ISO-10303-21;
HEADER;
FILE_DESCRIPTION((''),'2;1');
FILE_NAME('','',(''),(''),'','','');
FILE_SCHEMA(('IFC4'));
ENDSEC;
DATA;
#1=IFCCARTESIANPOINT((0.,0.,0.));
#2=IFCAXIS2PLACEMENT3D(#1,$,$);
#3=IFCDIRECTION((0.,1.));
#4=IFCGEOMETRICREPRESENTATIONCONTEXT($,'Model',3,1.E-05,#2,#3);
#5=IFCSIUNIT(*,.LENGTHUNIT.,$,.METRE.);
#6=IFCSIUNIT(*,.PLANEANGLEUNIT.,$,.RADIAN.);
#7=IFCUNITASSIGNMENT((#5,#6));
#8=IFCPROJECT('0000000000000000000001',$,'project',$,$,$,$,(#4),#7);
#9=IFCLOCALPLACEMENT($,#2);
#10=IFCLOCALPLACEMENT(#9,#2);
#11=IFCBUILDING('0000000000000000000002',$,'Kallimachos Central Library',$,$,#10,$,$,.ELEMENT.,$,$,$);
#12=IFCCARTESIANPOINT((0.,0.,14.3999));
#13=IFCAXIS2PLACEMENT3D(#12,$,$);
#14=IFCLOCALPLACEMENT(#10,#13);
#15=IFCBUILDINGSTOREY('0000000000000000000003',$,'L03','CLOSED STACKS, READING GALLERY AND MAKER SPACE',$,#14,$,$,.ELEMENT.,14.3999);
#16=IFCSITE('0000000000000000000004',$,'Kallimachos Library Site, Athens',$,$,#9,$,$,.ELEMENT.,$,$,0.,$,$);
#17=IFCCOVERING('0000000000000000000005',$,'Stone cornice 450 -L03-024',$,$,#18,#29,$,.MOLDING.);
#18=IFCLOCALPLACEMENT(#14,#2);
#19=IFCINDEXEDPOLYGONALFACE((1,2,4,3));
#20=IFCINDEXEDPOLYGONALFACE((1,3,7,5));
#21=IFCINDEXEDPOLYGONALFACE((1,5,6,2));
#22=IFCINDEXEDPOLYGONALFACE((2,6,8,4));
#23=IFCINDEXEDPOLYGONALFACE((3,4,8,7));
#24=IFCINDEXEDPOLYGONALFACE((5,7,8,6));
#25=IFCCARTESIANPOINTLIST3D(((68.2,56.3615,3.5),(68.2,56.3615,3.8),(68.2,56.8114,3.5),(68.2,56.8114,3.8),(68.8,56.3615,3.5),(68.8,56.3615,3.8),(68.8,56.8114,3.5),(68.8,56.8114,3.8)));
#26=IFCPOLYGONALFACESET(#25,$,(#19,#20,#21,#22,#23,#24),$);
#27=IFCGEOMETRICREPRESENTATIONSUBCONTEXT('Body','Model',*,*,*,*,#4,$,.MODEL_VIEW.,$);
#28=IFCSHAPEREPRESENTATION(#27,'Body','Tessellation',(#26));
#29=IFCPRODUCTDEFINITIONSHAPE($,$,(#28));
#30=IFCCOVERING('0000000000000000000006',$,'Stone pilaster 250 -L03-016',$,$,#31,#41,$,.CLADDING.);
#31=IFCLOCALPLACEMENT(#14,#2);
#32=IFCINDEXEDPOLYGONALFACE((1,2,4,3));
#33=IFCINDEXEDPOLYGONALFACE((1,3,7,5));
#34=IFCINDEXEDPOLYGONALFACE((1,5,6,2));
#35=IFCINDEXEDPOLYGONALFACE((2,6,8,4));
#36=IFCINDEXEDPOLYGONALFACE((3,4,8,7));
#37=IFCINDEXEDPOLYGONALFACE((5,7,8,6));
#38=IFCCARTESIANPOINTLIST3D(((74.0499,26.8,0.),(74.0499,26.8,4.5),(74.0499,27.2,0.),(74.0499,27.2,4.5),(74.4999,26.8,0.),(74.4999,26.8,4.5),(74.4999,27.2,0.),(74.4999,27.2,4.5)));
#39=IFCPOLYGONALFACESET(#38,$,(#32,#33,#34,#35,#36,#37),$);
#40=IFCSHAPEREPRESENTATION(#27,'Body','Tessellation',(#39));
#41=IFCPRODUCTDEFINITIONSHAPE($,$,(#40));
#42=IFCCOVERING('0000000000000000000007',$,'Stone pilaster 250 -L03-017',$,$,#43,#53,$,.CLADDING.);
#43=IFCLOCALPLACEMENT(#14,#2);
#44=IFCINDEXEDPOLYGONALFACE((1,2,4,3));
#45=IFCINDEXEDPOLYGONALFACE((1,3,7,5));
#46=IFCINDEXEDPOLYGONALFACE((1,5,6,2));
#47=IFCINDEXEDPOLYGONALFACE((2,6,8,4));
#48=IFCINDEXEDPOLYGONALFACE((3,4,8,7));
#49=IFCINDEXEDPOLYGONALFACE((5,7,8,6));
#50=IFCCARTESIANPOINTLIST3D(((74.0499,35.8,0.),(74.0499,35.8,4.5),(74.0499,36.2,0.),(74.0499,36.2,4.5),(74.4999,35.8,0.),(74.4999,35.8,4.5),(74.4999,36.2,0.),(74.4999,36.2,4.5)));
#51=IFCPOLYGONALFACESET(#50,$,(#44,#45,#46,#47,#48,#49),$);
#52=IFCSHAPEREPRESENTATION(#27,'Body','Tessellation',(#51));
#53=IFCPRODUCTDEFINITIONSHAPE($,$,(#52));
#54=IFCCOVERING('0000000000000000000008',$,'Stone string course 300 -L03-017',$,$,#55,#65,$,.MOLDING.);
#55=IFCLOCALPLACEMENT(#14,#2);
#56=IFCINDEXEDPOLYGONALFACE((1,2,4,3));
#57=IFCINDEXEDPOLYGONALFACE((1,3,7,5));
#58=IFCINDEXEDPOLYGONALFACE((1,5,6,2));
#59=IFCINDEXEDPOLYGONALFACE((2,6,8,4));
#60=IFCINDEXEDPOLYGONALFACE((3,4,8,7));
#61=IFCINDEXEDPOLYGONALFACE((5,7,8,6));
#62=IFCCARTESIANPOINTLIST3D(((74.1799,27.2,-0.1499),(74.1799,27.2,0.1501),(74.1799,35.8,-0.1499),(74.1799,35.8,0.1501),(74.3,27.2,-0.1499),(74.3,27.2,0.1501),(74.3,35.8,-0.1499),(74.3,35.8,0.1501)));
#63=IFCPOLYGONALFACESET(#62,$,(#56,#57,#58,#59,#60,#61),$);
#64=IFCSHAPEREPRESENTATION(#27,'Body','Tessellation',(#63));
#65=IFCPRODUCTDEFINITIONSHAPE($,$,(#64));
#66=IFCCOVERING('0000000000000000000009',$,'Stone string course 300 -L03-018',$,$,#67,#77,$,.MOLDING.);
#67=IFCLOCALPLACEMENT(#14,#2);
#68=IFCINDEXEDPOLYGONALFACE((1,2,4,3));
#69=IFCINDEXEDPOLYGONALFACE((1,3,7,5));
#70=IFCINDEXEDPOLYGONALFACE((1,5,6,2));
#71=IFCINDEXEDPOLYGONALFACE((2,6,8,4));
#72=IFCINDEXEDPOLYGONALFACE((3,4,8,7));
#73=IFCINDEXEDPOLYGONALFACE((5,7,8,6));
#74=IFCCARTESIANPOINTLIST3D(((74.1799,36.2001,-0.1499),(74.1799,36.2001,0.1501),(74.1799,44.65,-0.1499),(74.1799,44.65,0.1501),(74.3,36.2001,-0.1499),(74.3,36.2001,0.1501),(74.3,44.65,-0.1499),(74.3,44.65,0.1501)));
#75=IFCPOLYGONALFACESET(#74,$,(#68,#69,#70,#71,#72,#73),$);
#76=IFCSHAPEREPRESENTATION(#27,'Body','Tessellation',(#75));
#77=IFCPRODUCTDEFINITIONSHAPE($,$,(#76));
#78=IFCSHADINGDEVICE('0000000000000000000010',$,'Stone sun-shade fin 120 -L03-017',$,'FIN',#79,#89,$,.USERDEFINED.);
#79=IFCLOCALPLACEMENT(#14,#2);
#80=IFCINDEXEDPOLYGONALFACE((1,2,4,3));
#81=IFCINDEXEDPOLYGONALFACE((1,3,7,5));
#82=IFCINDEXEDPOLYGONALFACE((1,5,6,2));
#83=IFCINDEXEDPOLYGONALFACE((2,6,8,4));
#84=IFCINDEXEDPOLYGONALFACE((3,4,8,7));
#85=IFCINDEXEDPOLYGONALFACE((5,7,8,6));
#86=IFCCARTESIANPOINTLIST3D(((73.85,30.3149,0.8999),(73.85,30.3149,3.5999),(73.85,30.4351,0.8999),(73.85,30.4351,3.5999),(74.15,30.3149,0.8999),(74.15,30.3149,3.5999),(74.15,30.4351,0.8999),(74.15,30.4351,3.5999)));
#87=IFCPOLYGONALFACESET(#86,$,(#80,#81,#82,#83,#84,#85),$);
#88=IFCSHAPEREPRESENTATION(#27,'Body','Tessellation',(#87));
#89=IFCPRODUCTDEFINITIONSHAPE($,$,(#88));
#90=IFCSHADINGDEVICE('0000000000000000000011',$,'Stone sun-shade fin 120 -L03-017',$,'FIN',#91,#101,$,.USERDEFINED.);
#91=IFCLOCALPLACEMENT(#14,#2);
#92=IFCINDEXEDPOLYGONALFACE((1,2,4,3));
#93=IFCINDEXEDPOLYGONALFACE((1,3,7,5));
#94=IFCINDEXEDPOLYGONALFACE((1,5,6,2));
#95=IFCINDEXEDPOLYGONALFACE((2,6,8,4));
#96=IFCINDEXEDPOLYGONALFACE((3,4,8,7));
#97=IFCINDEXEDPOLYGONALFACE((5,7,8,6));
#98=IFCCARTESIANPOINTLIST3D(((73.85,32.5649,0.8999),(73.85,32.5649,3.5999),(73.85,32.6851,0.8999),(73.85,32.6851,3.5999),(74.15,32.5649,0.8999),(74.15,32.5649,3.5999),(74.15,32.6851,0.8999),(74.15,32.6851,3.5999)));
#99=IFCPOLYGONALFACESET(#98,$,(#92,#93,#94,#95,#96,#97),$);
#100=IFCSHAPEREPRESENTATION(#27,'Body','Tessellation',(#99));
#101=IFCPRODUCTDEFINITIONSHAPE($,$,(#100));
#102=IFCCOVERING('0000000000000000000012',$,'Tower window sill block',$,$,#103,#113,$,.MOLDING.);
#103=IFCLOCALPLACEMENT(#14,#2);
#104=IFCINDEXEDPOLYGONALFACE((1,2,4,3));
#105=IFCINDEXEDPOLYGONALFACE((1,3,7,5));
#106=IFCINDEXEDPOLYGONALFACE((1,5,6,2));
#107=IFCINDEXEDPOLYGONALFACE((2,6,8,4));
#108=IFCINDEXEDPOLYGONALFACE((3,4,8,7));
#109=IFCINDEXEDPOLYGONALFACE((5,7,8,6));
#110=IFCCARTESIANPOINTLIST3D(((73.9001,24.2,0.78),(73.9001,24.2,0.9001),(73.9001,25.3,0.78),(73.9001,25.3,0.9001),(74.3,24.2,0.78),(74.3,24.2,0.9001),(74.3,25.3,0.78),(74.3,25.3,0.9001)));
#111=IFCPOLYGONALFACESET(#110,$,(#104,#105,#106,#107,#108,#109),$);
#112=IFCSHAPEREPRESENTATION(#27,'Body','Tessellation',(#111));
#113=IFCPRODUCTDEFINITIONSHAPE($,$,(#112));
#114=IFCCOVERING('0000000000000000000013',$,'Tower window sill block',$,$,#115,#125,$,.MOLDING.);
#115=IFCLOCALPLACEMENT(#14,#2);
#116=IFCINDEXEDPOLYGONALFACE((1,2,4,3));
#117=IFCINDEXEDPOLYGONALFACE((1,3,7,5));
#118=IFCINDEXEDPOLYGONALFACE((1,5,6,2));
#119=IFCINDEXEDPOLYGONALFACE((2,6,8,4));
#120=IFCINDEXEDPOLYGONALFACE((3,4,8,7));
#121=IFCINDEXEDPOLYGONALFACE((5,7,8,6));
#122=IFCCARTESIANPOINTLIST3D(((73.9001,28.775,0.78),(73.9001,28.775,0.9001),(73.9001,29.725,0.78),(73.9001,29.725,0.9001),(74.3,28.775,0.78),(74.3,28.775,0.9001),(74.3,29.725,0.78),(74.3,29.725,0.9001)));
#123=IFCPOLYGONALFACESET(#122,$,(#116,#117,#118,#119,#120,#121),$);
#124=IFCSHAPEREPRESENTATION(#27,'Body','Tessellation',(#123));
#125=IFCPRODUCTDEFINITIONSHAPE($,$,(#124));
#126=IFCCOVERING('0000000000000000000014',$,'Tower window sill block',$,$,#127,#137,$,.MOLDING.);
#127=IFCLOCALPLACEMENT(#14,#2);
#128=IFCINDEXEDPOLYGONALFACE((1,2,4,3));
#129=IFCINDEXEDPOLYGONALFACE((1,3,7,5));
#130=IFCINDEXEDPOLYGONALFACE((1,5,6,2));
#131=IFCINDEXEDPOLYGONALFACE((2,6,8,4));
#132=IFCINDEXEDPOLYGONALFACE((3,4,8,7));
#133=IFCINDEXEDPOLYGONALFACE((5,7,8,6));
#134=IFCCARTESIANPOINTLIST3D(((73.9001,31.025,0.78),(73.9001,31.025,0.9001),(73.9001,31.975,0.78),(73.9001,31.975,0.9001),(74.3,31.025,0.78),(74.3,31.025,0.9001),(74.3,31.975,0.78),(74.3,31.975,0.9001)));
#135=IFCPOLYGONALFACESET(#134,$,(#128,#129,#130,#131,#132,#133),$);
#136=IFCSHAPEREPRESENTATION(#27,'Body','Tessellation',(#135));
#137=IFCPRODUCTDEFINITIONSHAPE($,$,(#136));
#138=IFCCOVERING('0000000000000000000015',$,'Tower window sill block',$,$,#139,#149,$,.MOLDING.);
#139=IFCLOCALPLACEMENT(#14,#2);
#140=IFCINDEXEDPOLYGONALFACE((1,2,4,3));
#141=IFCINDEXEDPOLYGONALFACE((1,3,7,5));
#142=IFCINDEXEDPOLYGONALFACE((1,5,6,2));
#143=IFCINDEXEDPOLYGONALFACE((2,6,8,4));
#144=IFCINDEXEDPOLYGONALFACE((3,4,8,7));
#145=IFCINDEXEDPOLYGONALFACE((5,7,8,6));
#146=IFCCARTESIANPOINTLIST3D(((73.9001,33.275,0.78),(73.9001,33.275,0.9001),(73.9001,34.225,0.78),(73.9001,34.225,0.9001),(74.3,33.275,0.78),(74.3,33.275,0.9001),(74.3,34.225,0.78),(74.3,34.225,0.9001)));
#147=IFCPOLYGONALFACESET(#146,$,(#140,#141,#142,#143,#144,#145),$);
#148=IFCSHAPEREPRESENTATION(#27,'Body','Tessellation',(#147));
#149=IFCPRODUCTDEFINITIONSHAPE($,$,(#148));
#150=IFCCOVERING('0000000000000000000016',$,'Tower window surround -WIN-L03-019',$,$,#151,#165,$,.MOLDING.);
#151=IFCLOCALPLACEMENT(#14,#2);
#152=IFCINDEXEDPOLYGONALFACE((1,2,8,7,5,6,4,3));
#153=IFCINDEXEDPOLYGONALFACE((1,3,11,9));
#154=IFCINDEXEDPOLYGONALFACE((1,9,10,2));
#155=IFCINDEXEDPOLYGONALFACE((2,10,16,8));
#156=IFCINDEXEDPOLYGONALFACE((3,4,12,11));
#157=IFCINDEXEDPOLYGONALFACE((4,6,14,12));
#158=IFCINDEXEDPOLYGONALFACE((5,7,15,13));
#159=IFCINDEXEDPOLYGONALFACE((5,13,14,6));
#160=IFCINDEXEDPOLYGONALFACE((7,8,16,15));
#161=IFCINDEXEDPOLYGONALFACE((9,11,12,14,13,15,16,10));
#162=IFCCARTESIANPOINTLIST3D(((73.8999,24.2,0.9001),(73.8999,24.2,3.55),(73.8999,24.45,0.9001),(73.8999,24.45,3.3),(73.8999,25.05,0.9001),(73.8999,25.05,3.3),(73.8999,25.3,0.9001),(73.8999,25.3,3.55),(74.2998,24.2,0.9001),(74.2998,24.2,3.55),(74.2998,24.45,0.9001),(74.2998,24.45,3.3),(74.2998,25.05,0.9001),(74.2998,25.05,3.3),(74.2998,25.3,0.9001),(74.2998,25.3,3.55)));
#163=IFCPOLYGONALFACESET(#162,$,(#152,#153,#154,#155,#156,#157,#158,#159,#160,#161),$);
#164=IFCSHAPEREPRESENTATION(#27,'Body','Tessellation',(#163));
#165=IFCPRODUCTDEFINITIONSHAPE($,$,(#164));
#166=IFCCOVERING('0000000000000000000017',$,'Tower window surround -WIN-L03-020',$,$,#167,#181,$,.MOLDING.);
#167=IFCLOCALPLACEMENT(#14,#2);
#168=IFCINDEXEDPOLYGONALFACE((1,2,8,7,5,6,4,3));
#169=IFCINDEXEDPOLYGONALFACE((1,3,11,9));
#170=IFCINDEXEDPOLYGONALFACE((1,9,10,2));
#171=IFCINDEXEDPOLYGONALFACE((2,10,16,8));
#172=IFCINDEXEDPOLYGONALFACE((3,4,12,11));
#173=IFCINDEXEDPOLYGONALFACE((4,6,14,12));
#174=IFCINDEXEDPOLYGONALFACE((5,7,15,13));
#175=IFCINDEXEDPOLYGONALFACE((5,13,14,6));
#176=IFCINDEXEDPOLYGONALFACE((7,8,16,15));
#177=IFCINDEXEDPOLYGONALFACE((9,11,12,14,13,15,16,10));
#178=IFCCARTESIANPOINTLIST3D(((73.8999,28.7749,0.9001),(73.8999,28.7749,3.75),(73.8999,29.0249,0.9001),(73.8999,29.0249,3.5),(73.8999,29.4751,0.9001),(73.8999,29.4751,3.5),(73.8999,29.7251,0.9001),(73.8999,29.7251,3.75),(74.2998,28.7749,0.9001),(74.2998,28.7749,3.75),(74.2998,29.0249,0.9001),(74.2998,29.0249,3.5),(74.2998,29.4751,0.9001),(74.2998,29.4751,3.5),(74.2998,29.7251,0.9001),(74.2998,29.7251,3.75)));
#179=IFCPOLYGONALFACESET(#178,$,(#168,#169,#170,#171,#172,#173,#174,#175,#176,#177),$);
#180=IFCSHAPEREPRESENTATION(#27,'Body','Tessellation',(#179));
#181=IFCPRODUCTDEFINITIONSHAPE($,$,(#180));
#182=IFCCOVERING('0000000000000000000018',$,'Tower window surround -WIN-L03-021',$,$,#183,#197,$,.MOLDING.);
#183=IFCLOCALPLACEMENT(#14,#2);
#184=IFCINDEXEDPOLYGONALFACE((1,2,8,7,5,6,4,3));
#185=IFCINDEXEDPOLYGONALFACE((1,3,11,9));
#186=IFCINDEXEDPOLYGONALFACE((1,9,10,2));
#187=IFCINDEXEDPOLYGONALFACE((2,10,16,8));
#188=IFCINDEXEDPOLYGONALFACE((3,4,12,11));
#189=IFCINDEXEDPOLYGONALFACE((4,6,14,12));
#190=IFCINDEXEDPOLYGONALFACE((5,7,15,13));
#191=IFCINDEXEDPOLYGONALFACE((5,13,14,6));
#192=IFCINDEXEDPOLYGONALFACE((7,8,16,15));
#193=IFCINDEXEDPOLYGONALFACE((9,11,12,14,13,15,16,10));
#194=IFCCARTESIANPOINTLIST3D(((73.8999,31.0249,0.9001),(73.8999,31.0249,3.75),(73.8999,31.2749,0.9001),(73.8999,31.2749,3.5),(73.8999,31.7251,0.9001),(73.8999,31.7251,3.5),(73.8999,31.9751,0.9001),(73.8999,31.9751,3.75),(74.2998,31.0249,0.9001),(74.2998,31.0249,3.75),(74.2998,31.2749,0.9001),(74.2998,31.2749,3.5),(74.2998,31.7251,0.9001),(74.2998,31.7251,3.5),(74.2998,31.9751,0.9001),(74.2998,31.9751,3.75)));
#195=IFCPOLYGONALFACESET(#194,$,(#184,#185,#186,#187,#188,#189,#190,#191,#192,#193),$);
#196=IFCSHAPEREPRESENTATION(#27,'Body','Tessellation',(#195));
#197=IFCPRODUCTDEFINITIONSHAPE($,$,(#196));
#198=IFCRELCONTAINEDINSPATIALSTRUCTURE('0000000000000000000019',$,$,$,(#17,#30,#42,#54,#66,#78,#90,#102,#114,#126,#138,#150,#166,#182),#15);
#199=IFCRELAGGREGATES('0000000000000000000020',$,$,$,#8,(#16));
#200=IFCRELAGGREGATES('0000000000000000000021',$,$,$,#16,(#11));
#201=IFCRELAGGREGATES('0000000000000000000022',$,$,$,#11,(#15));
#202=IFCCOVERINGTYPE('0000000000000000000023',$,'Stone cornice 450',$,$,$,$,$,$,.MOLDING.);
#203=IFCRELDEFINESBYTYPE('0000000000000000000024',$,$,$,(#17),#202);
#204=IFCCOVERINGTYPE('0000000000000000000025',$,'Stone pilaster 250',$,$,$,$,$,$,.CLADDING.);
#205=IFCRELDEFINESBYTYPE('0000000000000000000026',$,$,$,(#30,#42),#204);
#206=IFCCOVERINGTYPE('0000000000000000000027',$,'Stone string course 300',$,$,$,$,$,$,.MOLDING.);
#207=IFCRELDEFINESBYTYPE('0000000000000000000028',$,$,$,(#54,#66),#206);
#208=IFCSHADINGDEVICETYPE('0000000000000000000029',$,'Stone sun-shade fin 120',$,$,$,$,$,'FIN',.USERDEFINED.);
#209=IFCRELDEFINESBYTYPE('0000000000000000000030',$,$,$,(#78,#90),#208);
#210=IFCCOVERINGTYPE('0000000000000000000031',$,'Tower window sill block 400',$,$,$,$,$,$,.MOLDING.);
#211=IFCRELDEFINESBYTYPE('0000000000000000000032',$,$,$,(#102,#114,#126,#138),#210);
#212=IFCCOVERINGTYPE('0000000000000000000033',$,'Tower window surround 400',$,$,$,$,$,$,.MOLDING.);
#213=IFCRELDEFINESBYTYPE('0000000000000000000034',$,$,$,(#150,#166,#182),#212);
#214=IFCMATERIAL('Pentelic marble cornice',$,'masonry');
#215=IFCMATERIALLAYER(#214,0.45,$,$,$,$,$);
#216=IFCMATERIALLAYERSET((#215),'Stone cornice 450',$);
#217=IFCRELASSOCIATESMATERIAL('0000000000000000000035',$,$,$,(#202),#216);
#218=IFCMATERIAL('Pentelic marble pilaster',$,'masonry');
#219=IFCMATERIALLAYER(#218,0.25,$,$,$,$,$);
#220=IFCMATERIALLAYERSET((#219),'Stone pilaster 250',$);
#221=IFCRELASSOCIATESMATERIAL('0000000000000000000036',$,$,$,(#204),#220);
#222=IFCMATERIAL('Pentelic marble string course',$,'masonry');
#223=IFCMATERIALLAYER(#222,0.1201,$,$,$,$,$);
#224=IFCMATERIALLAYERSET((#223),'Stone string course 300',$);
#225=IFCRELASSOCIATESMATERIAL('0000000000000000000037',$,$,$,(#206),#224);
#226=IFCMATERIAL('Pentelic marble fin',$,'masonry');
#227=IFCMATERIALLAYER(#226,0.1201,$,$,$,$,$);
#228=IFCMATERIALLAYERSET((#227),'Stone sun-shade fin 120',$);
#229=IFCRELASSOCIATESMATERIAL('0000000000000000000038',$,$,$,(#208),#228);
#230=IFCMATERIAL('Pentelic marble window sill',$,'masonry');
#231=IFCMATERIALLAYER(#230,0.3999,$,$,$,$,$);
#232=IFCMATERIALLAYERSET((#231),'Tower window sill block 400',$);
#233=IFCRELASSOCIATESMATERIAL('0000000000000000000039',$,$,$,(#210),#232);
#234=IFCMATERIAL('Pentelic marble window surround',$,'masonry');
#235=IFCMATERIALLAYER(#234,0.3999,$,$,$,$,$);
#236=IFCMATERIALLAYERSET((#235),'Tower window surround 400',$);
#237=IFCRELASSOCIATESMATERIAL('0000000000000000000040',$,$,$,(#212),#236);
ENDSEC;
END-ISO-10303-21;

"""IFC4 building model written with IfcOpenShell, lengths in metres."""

from ifc_helpers import new_model, si_unit, direction, frame, origin, origin_2d, place, context, subcontext, project, spatial, polyline, rectangle, outline, extrude, material, layer, layer_set, type_object, element, save


model = new_model("IFC4")

# Units and contexts
model_context = context("Model", 3, precision=1e-05, world=origin(), true_north=direction((0.0, 1.0)))
body_context = subcontext(model_context, "Body", "Model", "MODEL_VIEW")
ifc_project = project(units=[si_unit("LENGTHUNIT", "METRE"), si_unit("PLANEANGLEUNIT", "RADIAN")], contexts=[model_context])

# Site, building, storey
site_placement = place(None, origin())
site = spatial("IfcSite", under=ifc_project, at=site_placement, Name="Kallimachos Library Site, Athens", CompositionType="ELEMENT", RefElevation=0.0)
building_placement = place(site_placement, origin())
building = spatial("IfcBuilding", under=site, at=building_placement, Name="Kallimachos Central Library", CompositionType="ELEMENT")
storey_placement = place(building_placement, frame((0.0, 0.0, 14.3999)))
storey = spatial("IfcBuildingStorey", under=building, at=storey_placement, Name="L03", Description="CLOSED STACKS, READING GALLERY AND MAKER SPACE", CompositionType="ELEMENT", Elevation=14.3999)

# Coverings
ifc_material_1 = material(Name="Pentelic marble cornice", Category="masonry")
ifc_layer_1 = layer(ifc_material_1, 0.45)
ifc_layer_set_1 = layer_set([ifc_layer_1], Name="Stone cornice 450")
covering_type_1 = type_object("IfcCoveringType", Name="Stone cornice 450", PredefinedType="MOLDING", material=ifc_layer_set_1)
covering_1_placement = place(storey_placement, frame((68.5, 56.5864, 3.5), z_axis=(0.0, 0.0, 1.0), x_axis=(1.0, 0.0, 0.0)))
element("IfcCovering", 1, at=covering_1_placement, inside=storey, type_object=covering_type_1, Name="Stone cornice 450 -L03-024", PredefinedType="MOLDING", context=body_context, shape_type="SweptSolid", body=[
    extrude(rectangle(XDim=0.6001, YDim=0.45, at=origin_2d()), origin(), (0.0, 0.0, 1.0), 0.3),
])
ifc_material_2 = material(Name="Pentelic marble pilaster", Category="masonry")
ifc_layer_2 = layer(ifc_material_2, 0.25)
ifc_layer_set_2 = layer_set([ifc_layer_2], Name="Stone pilaster 250")
covering_type_2 = type_object("IfcCoveringType", Name="Stone pilaster 250", PredefinedType="CLADDING", material=ifc_layer_set_2)
for number, where, z_axis, x_axis, name in (
    (2, (74.2749, 27.0, 0.0), (0.0, 0.0, 1.0), (1.0, 0.0, 0.0), "Stone pilaster 250 -L03-016"),
    (3, (74.2749, 36.0, 0.0), (0.0, 0.0, 1.0), (1.0, 0.0, 0.0), "Stone pilaster 250 -L03-017"),
):
    element("IfcCovering", number, at=place(storey_placement, frame(where, z_axis=z_axis, x_axis=x_axis)), inside=storey, type_object=covering_type_2, Name=name, PredefinedType="CLADDING", context=body_context, shape_type="SweptSolid", body=[
        extrude(rectangle(XDim=0.45, YDim=0.3999, at=origin_2d()), origin(), (0.0, 0.0, 1.0), 4.5),
    ])
ifc_material_3 = material(Name="Pentelic marble string course", Category="masonry")
ifc_layer_3 = layer(ifc_material_3, 0.1201)
ifc_layer_set_3 = layer_set([ifc_layer_3], Name="Stone string course 300")
covering_type_3 = type_object("IfcCoveringType", Name="Stone string course 300", PredefinedType="MOLDING", material=ifc_layer_set_3)
covering_2_placement = place(storey_placement, frame((74.24, 31.5, -0.1499), z_axis=(0.0, 0.0, 1.0), x_axis=(1.0, 0.0, 0.0)))
element("IfcCovering", 4, at=covering_2_placement, inside=storey, type_object=covering_type_3, Name="Stone string course 300 -L03-017", PredefinedType="MOLDING", context=body_context, shape_type="SweptSolid", body=[
    extrude(rectangle(XDim=0.1201, YDim=8.6001, at=origin_2d()), origin(), (0.0, 0.0, 1.0), 0.3),
])
covering_3_placement = place(storey_placement, frame((74.24, 40.425, -0.1499), z_axis=(0.0, 0.0, 1.0), x_axis=(1.0, 0.0, 0.0)))
element("IfcCovering", 5, at=covering_3_placement, inside=storey, type_object=covering_type_3, Name="Stone string course 300 -L03-018", PredefinedType="MOLDING", context=body_context, shape_type="SweptSolid", body=[
    extrude(rectangle(XDim=0.1201, YDim=8.45, at=origin_2d()), origin(), (0.0, 0.0, 1.0), 0.3),
])

# Shading devices
ifc_material_4 = material(Name="Pentelic marble fin", Category="masonry")
ifc_layer_4 = layer(ifc_material_4, 0.1201)
ifc_layer_set_4 = layer_set([ifc_layer_4], Name="Stone sun-shade fin 120")
shading_device_type = type_object("IfcShadingDeviceType", Name="Stone sun-shade fin 120", ElementType="FIN", PredefinedType="USERDEFINED", material=ifc_layer_set_4)
for number, where, z_axis, x_axis, name in (
    (6, (74.0, 30.375, 0.8999), (0.0, 0.0, 1.0), (1.0, 0.0, 0.0), "Stone sun-shade fin 120 -L03-017"),
    (7, (74.0, 32.625, 0.8999), (0.0, 0.0, 1.0), (1.0, 0.0, 0.0), "Stone sun-shade fin 120 -L03-017"),
):
    element("IfcShadingDevice", number, at=place(storey_placement, frame(where, z_axis=z_axis, x_axis=x_axis)), inside=storey, type_object=shading_device_type, Name=name, ObjectType="FIN", PredefinedType="USERDEFINED", context=body_context, shape_type="SweptSolid", body=[
        extrude(rectangle(XDim=0.3, YDim=0.1201, at=origin_2d()), origin(), (0.0, 0.0, 1.0), 2.7),
    ])

# Coverings
ifc_material_5 = material(Name="Pentelic marble window sill", Category="masonry")
ifc_layer_5 = layer(ifc_material_5, 0.3999)
ifc_layer_set_5 = layer_set([ifc_layer_5], Name="Tower window sill block 400")
covering_type_4 = type_object("IfcCoveringType", Name="Tower window sill block 400", PredefinedType="MOLDING", material=ifc_layer_set_5)
covering_4_placement = place(storey_placement, frame((74.1001, 24.75, 0.78), z_axis=(0.0, 0.0, 1.0), x_axis=(1.0, 0.0, 0.0)))
element("IfcCovering", 8, at=covering_4_placement, inside=storey, type_object=covering_type_4, Name="Tower window sill block", PredefinedType="MOLDING", context=body_context, shape_type="SweptSolid", body=[
    extrude(rectangle(XDim=0.3999, YDim=1.1001, at=origin_2d()), origin(), (0.0, 0.0, 1.0), 0.1201),
])
for number, where, z_axis, x_axis, name in (
    (9, (74.1001, 29.25, 0.78), (0.0, 0.0, 1.0), (1.0, 0.0, 0.0), "Tower window sill block"),
    (10, (74.1001, 31.5, 0.78), (0.0, 0.0, 1.0), (1.0, 0.0, 0.0), "Tower window sill block"),
    (11, (74.1001, 33.75, 0.78), (0.0, 0.0, 1.0), (1.0, 0.0, 0.0), "Tower window sill block"),
):
    element("IfcCovering", number, at=place(storey_placement, frame(where, z_axis=z_axis, x_axis=x_axis)), inside=storey, type_object=covering_type_4, Name=name, PredefinedType="MOLDING", context=body_context, shape_type="SweptSolid", body=[
        extrude(rectangle(XDim=0.3999, YDim=0.95, at=origin_2d()), origin(), (0.0, 0.0, 1.0), 0.1201),
    ])
ifc_material_6 = material(Name="Pentelic marble window surround", Category="masonry")
ifc_layer_6 = layer(ifc_material_6, 0.3999)
ifc_layer_set_6 = layer_set([ifc_layer_6], Name="Tower window surround 400")
covering_type_5 = type_object("IfcCoveringType", Name="Tower window surround 400", PredefinedType="MOLDING", material=ifc_layer_set_6)
covering_5_placement = place(storey_placement, frame((73.8999, 24.2, 0.9001), z_axis=(-1.0, 0.0, 0.0), x_axis=(0.0, 0.0, 1.0)))
element("IfcCovering", 12, at=covering_5_placement, inside=storey, type_object=covering_type_5, Name="Tower window surround -WIN-L03-019", PredefinedType="MOLDING", context=body_context, shape_type="SweptSolid", body=[
    extrude(outline(polyline([(0.0, 0.0), (2.6499, 0.0), (2.6499, 1.1001), (0.0, 1.1001), (0.0, 0.8501), (2.3999, 0.8501), (2.3999, 0.25), (0.0, 0.25), (0.0, 0.0)])), origin(), (0.0, 0.0, -1.0), 0.3999),
])
for number, where, z_axis, x_axis, name in (
    (13, (73.8999, 28.7749, 0.9001), (-1.0, 0.0, 0.0), (0.0, 0.0, 1.0), "Tower window surround -WIN-L03-020"),
    (14, (73.8999, 31.0249, 0.9001), (-1.0, 0.0, 0.0), (0.0, 0.0, 1.0), "Tower window surround -WIN-L03-021"),
):
    element("IfcCovering", number, at=place(storey_placement, frame(where, z_axis=z_axis, x_axis=x_axis)), inside=storey, type_object=covering_type_5, Name=name, PredefinedType="MOLDING", context=body_context, shape_type="SweptSolid", body=[
        extrude(outline(polyline([(0.0, 0.0), (2.8499, 0.0), (2.8499, 0.9502), (0.0, 0.9502), (0.0, 0.7002), (2.5999, 0.7002), (2.5999, 0.25), (0.0, 0.25), (0.0, 0.0)])), origin(), (0.0, 0.0, -1.0), 0.3999),
    ])

save(model, "model.ifc")
